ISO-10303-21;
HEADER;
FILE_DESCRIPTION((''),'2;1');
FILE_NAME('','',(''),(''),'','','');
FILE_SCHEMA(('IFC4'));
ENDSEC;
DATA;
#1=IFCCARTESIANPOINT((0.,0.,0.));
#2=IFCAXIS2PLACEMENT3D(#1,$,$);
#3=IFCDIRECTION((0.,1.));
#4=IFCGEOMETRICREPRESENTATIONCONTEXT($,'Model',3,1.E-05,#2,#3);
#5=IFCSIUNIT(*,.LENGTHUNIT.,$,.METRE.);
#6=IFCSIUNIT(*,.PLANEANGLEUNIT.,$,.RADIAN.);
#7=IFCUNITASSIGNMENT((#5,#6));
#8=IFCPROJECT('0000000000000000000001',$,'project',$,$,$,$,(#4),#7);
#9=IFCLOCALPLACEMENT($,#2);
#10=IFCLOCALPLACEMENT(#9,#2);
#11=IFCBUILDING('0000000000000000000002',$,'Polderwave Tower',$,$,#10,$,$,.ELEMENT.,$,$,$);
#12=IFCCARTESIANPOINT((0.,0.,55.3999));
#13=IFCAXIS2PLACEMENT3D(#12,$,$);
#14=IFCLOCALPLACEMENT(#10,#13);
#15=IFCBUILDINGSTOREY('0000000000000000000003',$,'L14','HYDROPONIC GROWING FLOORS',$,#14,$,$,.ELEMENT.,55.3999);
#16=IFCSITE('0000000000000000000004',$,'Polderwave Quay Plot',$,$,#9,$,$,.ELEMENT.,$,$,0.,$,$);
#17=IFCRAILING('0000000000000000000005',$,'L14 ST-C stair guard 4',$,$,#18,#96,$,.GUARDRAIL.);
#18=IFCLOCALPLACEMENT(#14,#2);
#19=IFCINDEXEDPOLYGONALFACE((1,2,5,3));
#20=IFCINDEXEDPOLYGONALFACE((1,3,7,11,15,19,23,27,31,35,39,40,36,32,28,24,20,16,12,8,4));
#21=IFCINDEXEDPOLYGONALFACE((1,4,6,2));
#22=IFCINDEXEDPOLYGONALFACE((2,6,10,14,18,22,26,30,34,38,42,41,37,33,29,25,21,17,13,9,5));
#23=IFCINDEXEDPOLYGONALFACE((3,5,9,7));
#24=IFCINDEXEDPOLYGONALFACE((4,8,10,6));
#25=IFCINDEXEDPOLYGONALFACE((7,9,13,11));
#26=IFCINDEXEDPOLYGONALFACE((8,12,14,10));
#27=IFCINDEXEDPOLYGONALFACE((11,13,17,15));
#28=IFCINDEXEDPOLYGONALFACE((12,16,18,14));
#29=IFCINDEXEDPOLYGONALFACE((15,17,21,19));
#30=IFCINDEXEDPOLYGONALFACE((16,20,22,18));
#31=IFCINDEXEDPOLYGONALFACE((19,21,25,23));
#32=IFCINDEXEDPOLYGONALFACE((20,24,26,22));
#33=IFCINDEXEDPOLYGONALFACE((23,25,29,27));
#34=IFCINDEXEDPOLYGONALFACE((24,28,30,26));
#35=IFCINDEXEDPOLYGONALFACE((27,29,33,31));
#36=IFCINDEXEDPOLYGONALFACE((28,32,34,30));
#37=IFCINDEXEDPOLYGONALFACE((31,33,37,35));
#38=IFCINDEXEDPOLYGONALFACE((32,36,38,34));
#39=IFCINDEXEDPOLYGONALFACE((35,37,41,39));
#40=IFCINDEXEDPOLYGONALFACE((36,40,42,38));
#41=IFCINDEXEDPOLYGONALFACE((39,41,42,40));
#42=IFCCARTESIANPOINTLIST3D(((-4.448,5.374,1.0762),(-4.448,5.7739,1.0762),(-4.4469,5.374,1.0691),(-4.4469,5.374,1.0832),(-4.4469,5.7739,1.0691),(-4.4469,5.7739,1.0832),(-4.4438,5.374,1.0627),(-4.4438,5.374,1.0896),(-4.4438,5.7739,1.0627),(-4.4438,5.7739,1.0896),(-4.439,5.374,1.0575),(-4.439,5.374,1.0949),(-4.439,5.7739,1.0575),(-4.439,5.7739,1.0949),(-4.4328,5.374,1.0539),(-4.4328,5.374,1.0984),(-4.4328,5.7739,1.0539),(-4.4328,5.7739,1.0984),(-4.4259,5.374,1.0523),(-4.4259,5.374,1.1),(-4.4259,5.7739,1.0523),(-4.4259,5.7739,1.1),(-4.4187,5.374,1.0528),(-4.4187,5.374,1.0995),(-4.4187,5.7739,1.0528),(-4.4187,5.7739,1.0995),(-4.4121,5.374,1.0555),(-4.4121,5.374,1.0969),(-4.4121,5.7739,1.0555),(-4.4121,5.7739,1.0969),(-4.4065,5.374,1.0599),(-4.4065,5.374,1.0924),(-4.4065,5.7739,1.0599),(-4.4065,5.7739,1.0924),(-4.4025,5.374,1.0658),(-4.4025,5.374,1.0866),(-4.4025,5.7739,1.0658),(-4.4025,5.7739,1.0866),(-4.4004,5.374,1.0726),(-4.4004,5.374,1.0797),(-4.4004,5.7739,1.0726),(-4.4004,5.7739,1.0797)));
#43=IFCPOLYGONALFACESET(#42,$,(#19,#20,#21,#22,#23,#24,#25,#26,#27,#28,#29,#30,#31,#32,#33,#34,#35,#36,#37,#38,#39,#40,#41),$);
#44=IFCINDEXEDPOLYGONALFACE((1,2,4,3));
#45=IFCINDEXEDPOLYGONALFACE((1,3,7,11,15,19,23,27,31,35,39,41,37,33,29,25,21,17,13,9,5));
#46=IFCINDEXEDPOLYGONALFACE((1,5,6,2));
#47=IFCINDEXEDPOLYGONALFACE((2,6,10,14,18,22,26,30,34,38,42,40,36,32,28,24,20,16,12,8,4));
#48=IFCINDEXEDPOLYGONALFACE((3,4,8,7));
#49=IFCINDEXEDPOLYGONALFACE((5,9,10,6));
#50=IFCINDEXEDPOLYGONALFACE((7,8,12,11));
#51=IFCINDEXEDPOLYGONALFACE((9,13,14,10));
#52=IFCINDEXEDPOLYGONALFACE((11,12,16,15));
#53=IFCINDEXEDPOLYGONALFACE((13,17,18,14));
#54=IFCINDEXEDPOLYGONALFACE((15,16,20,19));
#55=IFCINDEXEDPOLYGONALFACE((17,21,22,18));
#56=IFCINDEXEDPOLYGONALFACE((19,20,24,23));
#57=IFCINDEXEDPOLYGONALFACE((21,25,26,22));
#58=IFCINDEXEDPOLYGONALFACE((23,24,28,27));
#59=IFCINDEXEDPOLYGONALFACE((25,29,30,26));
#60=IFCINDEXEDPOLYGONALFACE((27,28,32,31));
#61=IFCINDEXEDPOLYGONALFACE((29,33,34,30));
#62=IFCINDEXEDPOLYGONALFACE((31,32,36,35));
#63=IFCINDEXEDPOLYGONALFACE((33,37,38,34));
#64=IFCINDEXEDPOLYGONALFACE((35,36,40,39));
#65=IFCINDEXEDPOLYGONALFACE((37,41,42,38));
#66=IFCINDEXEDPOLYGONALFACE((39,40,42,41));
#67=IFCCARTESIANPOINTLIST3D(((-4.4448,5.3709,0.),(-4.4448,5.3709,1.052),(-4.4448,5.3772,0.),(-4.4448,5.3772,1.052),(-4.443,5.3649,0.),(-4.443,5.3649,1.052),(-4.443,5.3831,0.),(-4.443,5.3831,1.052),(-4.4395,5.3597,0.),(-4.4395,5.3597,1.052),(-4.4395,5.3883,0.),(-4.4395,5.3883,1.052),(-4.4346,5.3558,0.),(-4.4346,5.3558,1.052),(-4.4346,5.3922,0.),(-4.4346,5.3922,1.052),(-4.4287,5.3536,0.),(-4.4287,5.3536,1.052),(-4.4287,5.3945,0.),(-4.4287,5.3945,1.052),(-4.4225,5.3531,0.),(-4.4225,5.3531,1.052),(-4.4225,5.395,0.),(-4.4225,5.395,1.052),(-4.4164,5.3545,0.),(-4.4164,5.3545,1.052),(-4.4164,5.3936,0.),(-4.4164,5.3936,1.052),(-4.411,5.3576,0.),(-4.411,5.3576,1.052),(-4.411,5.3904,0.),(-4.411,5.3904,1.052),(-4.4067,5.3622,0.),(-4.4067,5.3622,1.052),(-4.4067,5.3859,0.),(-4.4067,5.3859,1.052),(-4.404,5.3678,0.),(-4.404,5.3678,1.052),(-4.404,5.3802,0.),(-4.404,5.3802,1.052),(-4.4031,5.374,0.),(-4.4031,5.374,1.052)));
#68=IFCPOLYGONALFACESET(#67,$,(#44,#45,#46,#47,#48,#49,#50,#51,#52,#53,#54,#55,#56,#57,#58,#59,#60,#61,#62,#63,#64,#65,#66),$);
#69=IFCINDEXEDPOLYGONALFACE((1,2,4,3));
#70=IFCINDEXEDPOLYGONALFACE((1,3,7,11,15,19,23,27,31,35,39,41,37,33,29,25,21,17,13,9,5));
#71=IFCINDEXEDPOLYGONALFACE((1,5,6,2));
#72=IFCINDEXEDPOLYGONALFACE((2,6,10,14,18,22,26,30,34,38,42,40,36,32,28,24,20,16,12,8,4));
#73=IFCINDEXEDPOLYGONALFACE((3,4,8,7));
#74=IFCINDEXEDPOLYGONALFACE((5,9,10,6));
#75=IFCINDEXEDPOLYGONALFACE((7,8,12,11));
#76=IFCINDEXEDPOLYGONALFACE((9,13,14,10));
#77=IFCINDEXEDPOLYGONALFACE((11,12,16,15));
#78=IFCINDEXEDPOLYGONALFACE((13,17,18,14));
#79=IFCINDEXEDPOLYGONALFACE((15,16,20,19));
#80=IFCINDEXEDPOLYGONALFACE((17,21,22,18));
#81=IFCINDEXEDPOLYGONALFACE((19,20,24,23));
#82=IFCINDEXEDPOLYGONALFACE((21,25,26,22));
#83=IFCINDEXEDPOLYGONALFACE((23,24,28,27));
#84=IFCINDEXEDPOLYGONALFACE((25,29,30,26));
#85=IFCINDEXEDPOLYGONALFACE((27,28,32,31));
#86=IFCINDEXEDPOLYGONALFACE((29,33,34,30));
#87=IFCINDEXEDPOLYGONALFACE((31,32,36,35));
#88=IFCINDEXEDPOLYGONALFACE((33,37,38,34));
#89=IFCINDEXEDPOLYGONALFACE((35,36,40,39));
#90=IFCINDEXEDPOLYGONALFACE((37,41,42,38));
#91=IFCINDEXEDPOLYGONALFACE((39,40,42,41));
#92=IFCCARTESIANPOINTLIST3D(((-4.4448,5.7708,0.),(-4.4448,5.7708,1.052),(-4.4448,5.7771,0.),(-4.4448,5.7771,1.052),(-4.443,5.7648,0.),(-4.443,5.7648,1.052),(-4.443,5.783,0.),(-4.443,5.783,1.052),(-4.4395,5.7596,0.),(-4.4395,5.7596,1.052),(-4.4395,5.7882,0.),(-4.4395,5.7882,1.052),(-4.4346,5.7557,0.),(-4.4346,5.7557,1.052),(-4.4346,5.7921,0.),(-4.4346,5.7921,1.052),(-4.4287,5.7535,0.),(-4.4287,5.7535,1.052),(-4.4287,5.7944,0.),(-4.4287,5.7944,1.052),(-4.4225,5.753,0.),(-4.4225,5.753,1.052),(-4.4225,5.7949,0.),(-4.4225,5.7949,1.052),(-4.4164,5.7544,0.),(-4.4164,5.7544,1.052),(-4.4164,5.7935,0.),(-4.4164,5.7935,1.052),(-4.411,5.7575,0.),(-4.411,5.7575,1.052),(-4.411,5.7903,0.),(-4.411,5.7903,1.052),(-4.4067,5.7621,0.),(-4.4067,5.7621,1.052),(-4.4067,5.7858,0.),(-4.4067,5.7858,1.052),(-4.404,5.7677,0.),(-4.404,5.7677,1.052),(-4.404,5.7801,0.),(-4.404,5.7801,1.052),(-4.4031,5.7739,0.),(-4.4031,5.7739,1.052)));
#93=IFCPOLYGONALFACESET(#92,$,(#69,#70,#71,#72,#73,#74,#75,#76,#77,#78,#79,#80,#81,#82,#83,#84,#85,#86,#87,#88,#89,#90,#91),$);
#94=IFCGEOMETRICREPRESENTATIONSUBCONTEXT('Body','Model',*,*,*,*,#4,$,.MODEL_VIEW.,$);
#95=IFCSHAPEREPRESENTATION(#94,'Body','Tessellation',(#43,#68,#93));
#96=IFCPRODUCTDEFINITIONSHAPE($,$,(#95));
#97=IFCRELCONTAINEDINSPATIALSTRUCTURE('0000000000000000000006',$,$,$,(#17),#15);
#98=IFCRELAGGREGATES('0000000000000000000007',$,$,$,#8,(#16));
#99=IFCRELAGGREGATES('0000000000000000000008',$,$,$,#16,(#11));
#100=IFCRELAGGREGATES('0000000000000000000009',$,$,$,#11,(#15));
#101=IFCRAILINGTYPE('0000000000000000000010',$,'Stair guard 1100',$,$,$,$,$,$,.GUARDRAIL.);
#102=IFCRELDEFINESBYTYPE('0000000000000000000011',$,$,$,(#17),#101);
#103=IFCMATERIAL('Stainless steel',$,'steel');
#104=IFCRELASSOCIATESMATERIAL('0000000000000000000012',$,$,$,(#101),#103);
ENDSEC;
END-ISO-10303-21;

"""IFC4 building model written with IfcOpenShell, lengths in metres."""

from ifc_helpers import new_model, si_unit, direction, frame, origin, origin_2d, place, context, subcontext, project, spatial, circle, extrude, material, type_object, element, save


model = new_model("IFC4")

# Units and contexts
model_context = context("Model", 3, precision=1e-05, world=origin(), true_north=direction((0.0, 1.0)))
body_context = subcontext(model_context, "Body", "Model", "MODEL_VIEW")
ifc_project = project(units=[si_unit("LENGTHUNIT", "METRE"), si_unit("PLANEANGLEUNIT", "RADIAN")], contexts=[model_context])

# Site, building, storey
site_placement = place(None, origin())
site = spatial("IfcSite", under=ifc_project, at=site_placement, Name="Polderwave Quay Plot", CompositionType="ELEMENT", RefElevation=0.0)
building_placement = place(site_placement, origin())
building = spatial("IfcBuilding", under=site, at=building_placement, Name="Polderwave Tower", CompositionType="ELEMENT")
storey_placement = place(building_placement, frame((0.0, 0.0, 55.3999)))
storey = spatial("IfcBuildingStorey", under=building, at=storey_placement, Name="L14", Description="HYDROPONIC GROWING FLOORS", CompositionType="ELEMENT", Elevation=55.3999)

# Railing
ifc_material_1 = material(Name="Stainless steel", Category="steel")
railing_type_1 = type_object("IfcRailingType", Name="Stair guard 1100", PredefinedType="GUARDRAIL", material=ifc_material_1)
railing_1_placement = place(storey_placement, frame((-4.4241, 5.374, 0.0)))
element("IfcRailing", 1, at=railing_1_placement, inside=storey, type_object=railing_type_1, Name="L14 ST-C stair guard 4", PredefinedType="GUARDRAIL", context=body_context, shape_type="SweptSolid", body=[
    extrude(circle(Radius=0.0239, at=origin_2d()), frame((0.0, 0.0, 1.0762), z_axis=(0.0, 1.0, 0.0), x_axis=(-1.0, 0.0, 0.0)), (0.0, 0.0, 1.0), 0.3999),
    extrude(circle(Radius=0.021, at=origin_2d()), origin(), (0.0, 0.0, 1.0), 1.052),
    extrude(circle(Radius=0.021, at=origin_2d()), frame((0.0, 0.3999, 0.0)), (0.0, 0.0, 1.0), 1.052),
])

save(model, "model.ifc")
